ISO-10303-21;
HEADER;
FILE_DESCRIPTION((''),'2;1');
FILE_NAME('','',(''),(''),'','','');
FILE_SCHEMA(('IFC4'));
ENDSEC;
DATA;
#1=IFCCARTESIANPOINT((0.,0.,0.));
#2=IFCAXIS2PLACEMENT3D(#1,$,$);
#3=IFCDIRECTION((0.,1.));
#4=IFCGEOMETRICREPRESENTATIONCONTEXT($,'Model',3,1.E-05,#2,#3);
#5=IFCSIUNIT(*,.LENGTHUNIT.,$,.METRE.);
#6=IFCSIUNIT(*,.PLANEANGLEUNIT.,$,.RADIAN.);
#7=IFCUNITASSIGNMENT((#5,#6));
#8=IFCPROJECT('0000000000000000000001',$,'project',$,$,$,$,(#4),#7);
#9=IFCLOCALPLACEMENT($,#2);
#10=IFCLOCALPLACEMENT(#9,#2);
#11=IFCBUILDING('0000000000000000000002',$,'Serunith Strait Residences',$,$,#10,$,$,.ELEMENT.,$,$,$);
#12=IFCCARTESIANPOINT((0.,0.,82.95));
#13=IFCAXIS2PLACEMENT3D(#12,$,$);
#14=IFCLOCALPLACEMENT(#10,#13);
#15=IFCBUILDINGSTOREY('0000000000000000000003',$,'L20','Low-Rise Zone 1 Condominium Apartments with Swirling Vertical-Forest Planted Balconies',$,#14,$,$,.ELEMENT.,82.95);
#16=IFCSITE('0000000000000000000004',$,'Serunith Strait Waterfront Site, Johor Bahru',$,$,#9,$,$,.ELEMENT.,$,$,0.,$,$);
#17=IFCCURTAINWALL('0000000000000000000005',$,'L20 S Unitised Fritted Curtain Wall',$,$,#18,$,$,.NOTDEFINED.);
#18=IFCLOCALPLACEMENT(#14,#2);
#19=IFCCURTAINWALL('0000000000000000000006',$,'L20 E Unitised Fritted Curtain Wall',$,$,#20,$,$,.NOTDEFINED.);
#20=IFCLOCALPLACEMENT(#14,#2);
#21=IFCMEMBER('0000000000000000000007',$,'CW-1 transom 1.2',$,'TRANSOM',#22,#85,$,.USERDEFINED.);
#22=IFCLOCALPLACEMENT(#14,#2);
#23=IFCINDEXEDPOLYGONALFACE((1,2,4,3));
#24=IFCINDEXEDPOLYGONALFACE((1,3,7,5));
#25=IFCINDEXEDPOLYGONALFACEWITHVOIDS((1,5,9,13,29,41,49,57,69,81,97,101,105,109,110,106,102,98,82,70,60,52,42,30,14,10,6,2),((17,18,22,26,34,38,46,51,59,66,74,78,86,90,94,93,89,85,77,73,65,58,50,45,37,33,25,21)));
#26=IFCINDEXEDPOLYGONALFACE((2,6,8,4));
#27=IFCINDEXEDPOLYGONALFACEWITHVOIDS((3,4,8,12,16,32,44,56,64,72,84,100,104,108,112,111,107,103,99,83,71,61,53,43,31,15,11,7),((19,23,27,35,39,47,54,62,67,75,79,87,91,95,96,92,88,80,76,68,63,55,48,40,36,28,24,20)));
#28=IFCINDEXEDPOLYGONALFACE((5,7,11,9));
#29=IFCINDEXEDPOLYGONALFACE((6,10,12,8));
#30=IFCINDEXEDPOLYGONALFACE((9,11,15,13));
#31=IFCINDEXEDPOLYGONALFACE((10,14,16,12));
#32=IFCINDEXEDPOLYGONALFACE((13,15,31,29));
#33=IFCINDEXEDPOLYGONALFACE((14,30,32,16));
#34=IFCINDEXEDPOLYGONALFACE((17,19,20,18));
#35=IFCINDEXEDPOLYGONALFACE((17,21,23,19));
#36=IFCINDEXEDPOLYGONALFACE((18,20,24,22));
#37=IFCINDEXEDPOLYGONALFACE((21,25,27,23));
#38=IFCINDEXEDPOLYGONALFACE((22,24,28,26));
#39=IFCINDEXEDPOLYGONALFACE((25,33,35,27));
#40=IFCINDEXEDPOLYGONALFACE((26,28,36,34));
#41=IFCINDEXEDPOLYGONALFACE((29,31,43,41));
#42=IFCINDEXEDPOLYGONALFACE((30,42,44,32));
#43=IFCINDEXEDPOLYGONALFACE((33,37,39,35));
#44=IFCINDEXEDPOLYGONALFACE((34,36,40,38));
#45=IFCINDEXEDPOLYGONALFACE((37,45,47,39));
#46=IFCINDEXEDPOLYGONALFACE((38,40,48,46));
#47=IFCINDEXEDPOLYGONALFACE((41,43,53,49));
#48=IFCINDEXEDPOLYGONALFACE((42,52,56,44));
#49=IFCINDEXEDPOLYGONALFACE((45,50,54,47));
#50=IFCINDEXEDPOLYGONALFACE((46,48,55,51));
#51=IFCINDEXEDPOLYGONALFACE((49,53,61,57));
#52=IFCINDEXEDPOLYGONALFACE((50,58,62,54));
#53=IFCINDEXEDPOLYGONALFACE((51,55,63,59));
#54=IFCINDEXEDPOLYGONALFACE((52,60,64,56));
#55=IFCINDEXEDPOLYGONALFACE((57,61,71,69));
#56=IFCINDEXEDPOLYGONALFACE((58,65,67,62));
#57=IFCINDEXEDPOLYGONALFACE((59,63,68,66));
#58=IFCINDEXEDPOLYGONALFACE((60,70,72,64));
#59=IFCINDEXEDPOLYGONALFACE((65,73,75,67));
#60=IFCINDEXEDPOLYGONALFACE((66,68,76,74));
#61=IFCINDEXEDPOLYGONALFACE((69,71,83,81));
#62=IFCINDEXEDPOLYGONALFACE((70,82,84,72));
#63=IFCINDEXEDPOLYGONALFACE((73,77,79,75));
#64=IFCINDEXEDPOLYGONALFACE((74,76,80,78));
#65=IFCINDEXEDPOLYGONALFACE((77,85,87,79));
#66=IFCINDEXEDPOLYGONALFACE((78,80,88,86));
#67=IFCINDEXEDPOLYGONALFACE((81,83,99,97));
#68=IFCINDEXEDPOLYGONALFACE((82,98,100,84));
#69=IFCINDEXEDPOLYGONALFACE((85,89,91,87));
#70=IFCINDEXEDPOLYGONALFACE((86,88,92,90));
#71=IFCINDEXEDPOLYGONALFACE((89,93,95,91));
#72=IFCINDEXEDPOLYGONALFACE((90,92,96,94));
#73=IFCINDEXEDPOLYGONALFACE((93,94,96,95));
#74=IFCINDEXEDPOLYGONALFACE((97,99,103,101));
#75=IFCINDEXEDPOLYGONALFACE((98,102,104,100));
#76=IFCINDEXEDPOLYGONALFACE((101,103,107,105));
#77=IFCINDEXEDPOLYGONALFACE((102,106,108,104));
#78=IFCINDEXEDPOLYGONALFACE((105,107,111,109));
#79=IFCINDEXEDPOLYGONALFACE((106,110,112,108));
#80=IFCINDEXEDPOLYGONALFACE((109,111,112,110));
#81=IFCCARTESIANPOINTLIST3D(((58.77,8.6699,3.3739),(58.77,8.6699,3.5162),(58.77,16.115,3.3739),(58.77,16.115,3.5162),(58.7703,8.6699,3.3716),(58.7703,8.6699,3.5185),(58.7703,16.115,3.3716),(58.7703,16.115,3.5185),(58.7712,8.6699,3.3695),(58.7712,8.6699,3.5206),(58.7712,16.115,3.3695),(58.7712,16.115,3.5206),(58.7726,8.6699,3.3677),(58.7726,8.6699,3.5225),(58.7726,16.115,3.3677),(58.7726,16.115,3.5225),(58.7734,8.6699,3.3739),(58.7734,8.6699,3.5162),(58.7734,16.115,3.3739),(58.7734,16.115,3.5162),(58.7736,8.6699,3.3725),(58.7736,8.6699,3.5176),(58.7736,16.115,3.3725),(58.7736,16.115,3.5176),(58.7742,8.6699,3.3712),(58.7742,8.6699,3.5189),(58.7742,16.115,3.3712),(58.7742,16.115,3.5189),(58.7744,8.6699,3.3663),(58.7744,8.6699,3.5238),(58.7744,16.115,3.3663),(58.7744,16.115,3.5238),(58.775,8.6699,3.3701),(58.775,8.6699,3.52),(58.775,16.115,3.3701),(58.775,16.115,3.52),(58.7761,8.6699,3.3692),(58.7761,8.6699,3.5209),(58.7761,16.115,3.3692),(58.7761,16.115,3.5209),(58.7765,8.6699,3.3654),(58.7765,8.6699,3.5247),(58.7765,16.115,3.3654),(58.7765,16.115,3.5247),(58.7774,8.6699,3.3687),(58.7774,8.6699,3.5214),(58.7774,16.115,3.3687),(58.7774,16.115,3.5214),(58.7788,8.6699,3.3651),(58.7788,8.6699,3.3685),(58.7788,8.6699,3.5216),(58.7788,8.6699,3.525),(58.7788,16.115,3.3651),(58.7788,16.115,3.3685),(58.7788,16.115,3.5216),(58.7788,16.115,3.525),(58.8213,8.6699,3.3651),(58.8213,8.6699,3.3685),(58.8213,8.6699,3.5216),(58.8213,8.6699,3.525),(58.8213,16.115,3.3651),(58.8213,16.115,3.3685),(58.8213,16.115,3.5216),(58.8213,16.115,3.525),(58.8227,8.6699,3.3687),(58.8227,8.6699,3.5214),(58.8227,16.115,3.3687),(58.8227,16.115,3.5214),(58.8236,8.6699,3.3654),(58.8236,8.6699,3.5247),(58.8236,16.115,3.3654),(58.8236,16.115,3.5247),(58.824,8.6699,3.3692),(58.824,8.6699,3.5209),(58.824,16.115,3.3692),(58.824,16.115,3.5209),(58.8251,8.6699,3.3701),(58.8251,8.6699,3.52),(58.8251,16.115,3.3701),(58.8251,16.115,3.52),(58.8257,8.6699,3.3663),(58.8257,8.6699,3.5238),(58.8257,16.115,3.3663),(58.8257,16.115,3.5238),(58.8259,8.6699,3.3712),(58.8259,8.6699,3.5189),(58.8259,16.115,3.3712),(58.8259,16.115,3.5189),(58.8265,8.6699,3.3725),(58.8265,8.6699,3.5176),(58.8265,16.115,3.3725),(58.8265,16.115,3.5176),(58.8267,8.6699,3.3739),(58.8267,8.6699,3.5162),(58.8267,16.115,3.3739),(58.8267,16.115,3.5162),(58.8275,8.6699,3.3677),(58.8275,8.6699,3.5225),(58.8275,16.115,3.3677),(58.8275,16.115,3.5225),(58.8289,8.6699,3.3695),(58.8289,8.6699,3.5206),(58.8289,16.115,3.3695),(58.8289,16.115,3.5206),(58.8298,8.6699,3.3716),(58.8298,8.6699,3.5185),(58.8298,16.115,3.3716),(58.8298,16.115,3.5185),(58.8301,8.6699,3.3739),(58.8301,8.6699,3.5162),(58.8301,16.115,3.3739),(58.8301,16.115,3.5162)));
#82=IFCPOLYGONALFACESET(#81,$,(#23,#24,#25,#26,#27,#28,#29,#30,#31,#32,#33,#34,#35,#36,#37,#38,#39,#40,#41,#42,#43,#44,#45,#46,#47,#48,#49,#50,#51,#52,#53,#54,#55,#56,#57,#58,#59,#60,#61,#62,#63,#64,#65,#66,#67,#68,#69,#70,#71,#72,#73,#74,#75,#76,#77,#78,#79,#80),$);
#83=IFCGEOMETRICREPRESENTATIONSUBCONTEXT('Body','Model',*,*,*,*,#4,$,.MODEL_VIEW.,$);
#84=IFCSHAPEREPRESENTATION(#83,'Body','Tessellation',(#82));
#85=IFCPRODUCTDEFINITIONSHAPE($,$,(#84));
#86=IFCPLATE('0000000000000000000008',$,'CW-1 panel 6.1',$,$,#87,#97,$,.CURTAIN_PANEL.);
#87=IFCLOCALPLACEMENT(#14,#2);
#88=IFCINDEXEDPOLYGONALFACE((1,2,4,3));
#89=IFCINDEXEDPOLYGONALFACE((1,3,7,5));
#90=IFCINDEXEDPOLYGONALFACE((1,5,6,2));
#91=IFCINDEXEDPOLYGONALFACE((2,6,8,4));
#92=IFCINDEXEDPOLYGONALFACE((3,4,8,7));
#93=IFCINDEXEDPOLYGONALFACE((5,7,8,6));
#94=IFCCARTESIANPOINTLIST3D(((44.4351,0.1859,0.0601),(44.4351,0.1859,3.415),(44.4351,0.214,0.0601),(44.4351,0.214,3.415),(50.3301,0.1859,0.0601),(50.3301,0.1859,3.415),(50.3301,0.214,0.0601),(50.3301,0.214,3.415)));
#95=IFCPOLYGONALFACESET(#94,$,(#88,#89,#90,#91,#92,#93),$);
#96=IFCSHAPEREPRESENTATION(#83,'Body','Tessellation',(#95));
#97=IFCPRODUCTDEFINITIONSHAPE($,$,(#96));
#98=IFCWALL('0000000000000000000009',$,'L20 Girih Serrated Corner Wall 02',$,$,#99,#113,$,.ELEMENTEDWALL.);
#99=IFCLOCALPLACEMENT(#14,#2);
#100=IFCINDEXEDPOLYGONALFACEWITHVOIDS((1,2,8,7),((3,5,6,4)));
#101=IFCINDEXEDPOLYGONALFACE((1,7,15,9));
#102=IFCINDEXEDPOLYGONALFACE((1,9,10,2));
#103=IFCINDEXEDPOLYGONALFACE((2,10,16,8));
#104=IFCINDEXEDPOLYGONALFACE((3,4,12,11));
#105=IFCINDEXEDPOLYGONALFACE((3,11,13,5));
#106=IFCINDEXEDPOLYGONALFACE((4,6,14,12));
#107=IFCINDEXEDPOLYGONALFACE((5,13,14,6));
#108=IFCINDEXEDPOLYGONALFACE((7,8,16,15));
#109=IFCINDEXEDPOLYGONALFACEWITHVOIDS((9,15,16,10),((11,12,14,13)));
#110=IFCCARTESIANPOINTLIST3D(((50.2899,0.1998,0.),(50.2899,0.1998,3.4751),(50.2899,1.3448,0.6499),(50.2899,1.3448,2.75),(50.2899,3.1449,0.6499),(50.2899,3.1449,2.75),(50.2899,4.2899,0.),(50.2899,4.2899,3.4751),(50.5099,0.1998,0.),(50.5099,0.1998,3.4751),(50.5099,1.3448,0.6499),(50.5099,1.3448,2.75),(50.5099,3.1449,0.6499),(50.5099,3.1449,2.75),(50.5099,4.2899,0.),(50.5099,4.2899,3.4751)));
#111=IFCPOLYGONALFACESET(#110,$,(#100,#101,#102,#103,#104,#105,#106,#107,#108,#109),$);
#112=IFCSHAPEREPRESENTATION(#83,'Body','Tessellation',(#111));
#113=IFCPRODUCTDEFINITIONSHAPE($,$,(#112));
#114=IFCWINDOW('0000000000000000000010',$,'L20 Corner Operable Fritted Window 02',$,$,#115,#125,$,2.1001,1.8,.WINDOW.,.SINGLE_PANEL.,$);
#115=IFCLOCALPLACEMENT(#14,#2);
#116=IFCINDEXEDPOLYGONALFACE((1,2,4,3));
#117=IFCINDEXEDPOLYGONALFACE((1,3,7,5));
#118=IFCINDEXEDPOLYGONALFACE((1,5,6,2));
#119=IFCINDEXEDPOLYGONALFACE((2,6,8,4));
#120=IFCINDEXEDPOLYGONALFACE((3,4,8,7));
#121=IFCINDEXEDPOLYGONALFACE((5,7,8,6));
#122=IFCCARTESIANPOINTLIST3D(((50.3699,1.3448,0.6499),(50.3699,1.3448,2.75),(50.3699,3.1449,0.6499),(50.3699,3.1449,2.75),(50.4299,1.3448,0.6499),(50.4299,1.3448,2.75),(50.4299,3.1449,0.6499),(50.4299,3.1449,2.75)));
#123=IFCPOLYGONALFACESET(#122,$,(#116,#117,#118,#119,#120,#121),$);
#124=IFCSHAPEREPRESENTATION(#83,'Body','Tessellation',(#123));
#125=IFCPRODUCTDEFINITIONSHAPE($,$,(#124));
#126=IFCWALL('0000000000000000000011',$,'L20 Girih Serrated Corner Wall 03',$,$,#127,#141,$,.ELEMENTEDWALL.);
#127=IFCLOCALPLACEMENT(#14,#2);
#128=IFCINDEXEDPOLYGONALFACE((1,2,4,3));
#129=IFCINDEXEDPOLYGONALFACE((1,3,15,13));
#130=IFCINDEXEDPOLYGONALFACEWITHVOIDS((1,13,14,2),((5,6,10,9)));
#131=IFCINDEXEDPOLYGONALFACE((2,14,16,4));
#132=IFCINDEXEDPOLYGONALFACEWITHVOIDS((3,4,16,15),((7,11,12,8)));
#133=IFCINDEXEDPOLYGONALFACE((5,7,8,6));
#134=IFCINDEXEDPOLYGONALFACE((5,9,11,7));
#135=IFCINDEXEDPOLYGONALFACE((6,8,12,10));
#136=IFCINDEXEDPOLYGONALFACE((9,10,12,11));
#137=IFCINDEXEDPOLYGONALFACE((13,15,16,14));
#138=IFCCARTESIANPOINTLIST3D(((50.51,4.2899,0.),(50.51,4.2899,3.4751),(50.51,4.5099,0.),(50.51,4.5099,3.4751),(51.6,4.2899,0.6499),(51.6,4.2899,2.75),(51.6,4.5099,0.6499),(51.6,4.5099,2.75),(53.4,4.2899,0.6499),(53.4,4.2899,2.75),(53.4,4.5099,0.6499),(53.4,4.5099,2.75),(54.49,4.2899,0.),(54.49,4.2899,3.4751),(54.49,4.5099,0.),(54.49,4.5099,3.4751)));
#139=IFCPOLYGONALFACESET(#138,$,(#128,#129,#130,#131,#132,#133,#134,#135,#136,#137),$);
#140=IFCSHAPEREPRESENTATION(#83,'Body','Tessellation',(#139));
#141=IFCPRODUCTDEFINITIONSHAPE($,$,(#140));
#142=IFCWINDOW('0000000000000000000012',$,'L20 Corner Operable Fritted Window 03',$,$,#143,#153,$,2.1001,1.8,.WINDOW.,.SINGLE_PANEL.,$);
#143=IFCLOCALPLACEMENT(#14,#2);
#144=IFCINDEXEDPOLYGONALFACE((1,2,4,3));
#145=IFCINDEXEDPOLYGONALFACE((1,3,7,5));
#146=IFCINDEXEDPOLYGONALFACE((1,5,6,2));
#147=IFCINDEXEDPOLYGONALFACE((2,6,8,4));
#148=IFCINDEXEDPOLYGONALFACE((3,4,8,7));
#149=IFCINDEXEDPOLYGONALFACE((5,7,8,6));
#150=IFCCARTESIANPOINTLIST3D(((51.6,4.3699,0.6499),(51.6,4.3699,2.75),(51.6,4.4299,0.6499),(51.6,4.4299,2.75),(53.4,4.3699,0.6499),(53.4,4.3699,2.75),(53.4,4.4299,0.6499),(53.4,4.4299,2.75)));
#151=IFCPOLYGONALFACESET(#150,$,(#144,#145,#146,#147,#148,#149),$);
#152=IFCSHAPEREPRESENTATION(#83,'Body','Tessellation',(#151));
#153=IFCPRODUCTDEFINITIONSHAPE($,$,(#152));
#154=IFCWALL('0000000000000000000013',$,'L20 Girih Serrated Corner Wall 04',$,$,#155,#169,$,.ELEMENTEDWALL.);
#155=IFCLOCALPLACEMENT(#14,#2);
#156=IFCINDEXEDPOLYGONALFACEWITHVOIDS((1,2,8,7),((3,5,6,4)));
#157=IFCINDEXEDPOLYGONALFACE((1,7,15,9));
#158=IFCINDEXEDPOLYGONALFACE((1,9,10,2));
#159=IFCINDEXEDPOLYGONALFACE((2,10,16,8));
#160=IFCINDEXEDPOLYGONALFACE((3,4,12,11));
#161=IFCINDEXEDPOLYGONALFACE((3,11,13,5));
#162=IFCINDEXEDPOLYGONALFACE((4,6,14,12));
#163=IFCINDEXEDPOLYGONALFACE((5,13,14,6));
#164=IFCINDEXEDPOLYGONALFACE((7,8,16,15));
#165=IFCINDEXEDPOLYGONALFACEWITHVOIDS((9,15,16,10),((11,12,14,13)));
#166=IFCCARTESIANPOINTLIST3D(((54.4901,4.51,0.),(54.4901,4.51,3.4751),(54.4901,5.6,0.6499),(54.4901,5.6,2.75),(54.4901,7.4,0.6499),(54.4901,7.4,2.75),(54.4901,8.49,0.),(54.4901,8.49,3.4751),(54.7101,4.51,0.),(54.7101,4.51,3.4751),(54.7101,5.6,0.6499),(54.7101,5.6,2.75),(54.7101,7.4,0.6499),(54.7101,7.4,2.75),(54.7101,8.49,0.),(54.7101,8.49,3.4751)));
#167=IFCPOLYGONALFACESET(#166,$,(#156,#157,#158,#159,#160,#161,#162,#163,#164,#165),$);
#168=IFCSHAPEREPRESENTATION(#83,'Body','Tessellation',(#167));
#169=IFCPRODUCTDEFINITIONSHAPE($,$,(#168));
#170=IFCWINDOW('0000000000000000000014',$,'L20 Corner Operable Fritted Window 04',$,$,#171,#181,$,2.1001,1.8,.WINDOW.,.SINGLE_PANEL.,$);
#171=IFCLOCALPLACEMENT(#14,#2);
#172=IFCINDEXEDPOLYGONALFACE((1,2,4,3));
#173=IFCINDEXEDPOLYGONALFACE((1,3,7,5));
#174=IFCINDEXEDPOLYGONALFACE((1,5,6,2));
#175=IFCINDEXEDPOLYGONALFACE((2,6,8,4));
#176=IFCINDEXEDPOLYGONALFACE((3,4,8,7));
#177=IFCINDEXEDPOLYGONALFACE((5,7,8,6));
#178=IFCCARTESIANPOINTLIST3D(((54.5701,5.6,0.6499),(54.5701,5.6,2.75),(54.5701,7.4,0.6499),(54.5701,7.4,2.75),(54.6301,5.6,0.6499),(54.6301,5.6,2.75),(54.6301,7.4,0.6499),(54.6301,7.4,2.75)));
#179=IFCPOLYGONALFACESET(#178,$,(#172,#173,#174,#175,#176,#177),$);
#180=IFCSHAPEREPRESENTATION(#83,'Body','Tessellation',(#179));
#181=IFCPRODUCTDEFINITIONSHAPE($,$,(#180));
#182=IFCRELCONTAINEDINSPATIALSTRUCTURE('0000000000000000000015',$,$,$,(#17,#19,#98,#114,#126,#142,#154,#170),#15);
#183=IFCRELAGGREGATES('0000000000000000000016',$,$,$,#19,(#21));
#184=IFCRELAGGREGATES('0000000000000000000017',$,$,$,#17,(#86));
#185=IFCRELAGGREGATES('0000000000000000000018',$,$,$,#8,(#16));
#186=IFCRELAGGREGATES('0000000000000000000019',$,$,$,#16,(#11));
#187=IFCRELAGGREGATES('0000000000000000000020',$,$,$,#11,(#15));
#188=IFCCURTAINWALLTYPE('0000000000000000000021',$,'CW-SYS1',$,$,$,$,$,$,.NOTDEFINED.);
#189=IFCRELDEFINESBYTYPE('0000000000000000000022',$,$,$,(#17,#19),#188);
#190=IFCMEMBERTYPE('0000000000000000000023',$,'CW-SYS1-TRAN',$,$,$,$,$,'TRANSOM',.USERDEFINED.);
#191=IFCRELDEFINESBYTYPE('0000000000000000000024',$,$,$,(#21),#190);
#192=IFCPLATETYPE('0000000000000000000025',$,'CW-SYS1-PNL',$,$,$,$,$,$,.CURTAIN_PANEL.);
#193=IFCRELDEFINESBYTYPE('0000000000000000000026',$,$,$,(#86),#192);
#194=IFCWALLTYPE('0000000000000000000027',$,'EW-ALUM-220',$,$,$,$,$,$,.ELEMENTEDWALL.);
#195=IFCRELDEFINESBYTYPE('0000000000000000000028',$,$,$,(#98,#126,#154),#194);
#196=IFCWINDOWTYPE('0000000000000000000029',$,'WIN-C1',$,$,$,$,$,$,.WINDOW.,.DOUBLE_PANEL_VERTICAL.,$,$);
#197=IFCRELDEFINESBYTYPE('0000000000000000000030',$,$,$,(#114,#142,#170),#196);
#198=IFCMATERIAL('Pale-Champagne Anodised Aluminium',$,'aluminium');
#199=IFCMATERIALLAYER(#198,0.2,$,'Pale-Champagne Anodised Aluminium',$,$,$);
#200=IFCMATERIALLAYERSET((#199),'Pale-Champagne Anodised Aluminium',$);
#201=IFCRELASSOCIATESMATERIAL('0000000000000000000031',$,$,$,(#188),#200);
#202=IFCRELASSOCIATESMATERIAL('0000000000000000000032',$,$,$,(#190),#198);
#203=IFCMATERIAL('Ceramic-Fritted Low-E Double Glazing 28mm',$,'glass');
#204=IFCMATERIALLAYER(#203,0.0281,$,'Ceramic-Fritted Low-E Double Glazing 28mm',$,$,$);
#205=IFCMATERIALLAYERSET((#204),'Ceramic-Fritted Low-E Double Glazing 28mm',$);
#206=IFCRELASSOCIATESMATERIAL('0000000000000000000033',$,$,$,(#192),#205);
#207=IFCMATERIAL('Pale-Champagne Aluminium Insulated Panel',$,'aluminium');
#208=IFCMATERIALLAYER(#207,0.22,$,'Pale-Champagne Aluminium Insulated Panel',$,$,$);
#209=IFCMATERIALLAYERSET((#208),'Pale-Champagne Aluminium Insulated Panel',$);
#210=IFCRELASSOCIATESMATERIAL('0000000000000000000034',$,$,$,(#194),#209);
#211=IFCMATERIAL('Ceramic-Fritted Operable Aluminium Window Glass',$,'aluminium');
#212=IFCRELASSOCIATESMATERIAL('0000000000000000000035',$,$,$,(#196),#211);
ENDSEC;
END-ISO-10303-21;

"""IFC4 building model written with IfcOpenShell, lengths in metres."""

from ifc_helpers import new_model, si_unit, direction, frame, frame_2d, origin, origin_2d, place, context, subcontext, project, spatial, rectangle, hollow_rectangle, extrude, source, transform, mapped, material, layer, layer_set, material_profile, profile_set, type_object, element, fill, aggregate, save


model = new_model("IFC4")

# Units and contexts
model_context = context("Model", 3, precision=1e-05, world=origin(), true_north=direction((0.0, 1.0)))
body_context = subcontext(model_context, "Body", "Model", "MODEL_VIEW")
ifc_project = project(units=[si_unit("LENGTHUNIT", "METRE"), si_unit("PLANEANGLEUNIT", "RADIAN")], contexts=[model_context])

# Site, building, storey
site_placement = place(None, origin())
site = spatial("IfcSite", under=ifc_project, at=site_placement, Name="Serunith Strait Waterfront Site, Johor Bahru", CompositionType="ELEMENT", RefElevation=0.0)
building_placement = place(site_placement, origin())
building = spatial("IfcBuilding", under=site, at=building_placement, Name="Serunith Strait Residences", CompositionType="ELEMENT")
storey_placement = place(building_placement, frame((0.0, 0.0, 82.95)))
storey = spatial("IfcBuildingStorey", under=building, at=storey_placement, Name="L20", Description="Low-Rise Zone 1 Condominium Apartments with Swirling Vertical-Forest Planted Balconies", CompositionType="ELEMENT", Elevation=82.95)

# Curtain walls
ifc_material_1 = material(Name="Pale-Champagne Anodised Aluminium", Category="aluminium")
ifc_layer_1 = layer(ifc_material_1, 0.2, Name="Pale-Champagne Anodised Aluminium")
ifc_layer_set_1 = layer_set([ifc_layer_1], Name="Pale-Champagne Anodised Aluminium")
curtain_wall_type = type_object("IfcCurtainWallType", Name="CW-SYS1", PredefinedType="NOTDEFINED", material=ifc_layer_set_1)
curtain_wall_1_placement = place(storey_placement, origin())
curtain_wall_1 = element("IfcCurtainWall", 1, at=curtain_wall_1_placement, inside=storey, type_object=curtain_wall_type, Name="L20 S Unitised Fritted Curtain Wall", PredefinedType="NOTDEFINED")
curtain_wall_2_placement = place(storey_placement, origin())
curtain_wall_2 = element("IfcCurtainWall", 2, at=curtain_wall_2_placement, inside=storey, type_object=curtain_wall_type, Name="L20 E Unitised Fritted Curtain Wall", PredefinedType="NOTDEFINED")

# Member
ifc_material_profile_1 = material_profile(ifc_material_1, hollow_rectangle(XDim=0.0601, YDim=0.1599, WallThickness=0.0034, InnerFilletRadius=0.0054, OuterFilletRadius=0.0088, at=origin_2d()), Name="ALU 160x60x3.5")
ifc_profile_set_1 = profile_set([ifc_material_profile_1], Name="Pale-Champagne Anodised Aluminium")
member_type_1 = type_object("IfcMemberType", Name="CW-SYS1-TRAN", ElementType="TRANSOM", PredefinedType="USERDEFINED", material=ifc_profile_set_1)
shared_shape_1 = source(origin(), body_context, "Body", "SweptSolid", [
    extrude(hollow_rectangle(XDim=0.0601, YDim=0.1599, WallThickness=0.0034, InnerFilletRadius=0.0054, OuterFilletRadius=0.0088, at=origin_2d()), origin(), (0.0, 0.0, 1.0), 7.4451),
])
member_1_placement = place(storey_placement, frame((58.8, 8.6699, 3.4451), z_axis=(0.0, 1.0, 0.0), x_axis=(-1.0, 0.0, 0.0)))
member_1 = element("IfcMember", 3, at=member_1_placement, type_object=member_type_1, Name="CW-1 transom 1.2", ObjectType="TRANSOM", PredefinedType="USERDEFINED", context=body_context, shape_type="MappedRepresentation", body=[
    mapped(shared_shape_1, transform((0.0, 0.0, 0.0), scale=1.0)),
])
aggregate(curtain_wall_2, [member_1])

# Plate
ifc_material_2 = material(Name="Ceramic-Fritted Low-E Double Glazing 28mm", Category="glass")
ifc_layer_2 = layer(ifc_material_2, 0.0281, Name="Ceramic-Fritted Low-E Double Glazing 28mm")
ifc_layer_set_2 = layer_set([ifc_layer_2], Name="Ceramic-Fritted Low-E Double Glazing 28mm")
plate_type = type_object("IfcPlateType", Name="CW-SYS1-PNL", PredefinedType="CURTAIN_PANEL", material=ifc_layer_set_2)
shared_shape_2 = source(origin(), body_context, "Body", "SweptSolid", [
    extrude(rectangle(XDim=5.895, YDim=0.0281, at=origin_2d()), origin(), (0.0, 0.0, 1.0), 3.355),
])
plate_placement = place(storey_placement, frame((47.3826, 0.2, 0.0601), z_axis=(0.0, 0.0, 1.0), x_axis=(1.0, 0.0, 0.0)))
plate = element("IfcPlate", 4, at=plate_placement, type_object=plate_type, Name="CW-1 panel 6.1", PredefinedType="CURTAIN_PANEL", context=body_context, shape_type="MappedRepresentation", body=[
    mapped(shared_shape_2, transform((0.0, 0.0, 0.0), scale=1.0)),
])
aggregate(curtain_wall_1, [plate])

# Walls, openings, windows
ifc_material_3 = material(Name="Pale-Champagne Aluminium Insulated Panel", Category="aluminium")
ifc_layer_3 = layer(ifc_material_3, 0.22, Name="Pale-Champagne Aluminium Insulated Panel")
ifc_layer_set_3 = layer_set([ifc_layer_3], Name="Pale-Champagne Aluminium Insulated Panel")
wall_type_1 = type_object("IfcWallType", Name="EW-ALUM-220", PredefinedType="ELEMENTEDWALL", material=ifc_layer_set_3)
wall_1_placement = place(storey_placement, frame((50.3999, 0.2, 0.0), z_axis=(0.0, 0.0, 1.0), x_axis=(0.0, 1.0, 0.0)))
wall_1 = element("IfcWall", 5, at=wall_1_placement, inside=storey, type_object=wall_type_1, Name="L20 Girih Serrated Corner Wall 02", PredefinedType="ELEMENTEDWALL", context=body_context, shape_type="SweptSolid", body=[
    extrude(rectangle(XDim=4.0901, YDim=0.22, at=frame_2d((2.0449, 0.0))), origin(), (0.0, 0.0, 1.0), 3.4751),
])
opening_1_placement = place(wall_1_placement, frame((1.145, 0.0, 0.6499)))
opening_1 = element("IfcOpeningElement", 6, at=opening_1_placement, cuts=wall_1, PredefinedType="OPENING", context=body_context, shape_type="SweptSolid", body=[
    extrude(rectangle(XDim=1.8, YDim=2.1001, at=frame_2d((0.8999, 1.05))), frame((0.0, 0.1201, 0.0), z_axis=(0.0, -1.0, 0.0), x_axis=(1.0, 0.0, 0.0)), (0.0, 0.0, 1.0), 0.24),
])
ifc_material_4 = material(Name="Ceramic-Fritted Operable Aluminium Window Glass", Category="aluminium")
window_type = type_object("IfcWindowType", Name="WIN-C1", PartitioningType="DOUBLE_PANEL_VERTICAL", PredefinedType="WINDOW", material=ifc_material_4)
shared_shape_3 = source(origin(), body_context, "Body", "SweptSolid", [
    extrude(rectangle(XDim=1.8, YDim=2.1001, at=frame_2d((0.8999, 1.05))), frame((0.0, 0.03, 0.0), z_axis=(0.0, -1.0, 0.0), x_axis=(1.0, 0.0, 0.0)), (0.0, 0.0, 1.0), 0.0601),
])
window_1_placement = place(opening_1_placement, origin())
window_1 = element("IfcWindow", 7, at=window_1_placement, inside=storey, type_object=window_type, Name="L20 Corner Operable Fritted Window 02", OverallHeight=2.1001, OverallWidth=1.8, PartitioningType="SINGLE_PANEL", PredefinedType="WINDOW", context=body_context, shape_type="MappedRepresentation", body=[
    mapped(shared_shape_3, transform((0.0, 0.0, 0.0), scale=1.0)),
])
fill(opening_1, window_1)
wall_2_placement = place(storey_placement, frame((50.51, 4.3999, 0.0), z_axis=(0.0, 0.0, 1.0), x_axis=(1.0, 0.0, 0.0)))
wall_2 = element("IfcWall", 8, at=wall_2_placement, inside=storey, type_object=wall_type_1, Name="L20 Girih Serrated Corner Wall 03", PredefinedType="ELEMENTEDWALL", context=body_context, shape_type="SweptSolid", body=[
    extrude(rectangle(XDim=3.98, YDim=0.22, at=frame_2d((1.99, 0.0))), origin(), (0.0, 0.0, 1.0), 3.4751),
])
opening_2_placement = place(wall_2_placement, frame((1.0901, 0.0, 0.6499)))
opening_2 = element("IfcOpeningElement", 9, at=opening_2_placement, cuts=wall_2, PredefinedType="OPENING", context=body_context, shape_type="SweptSolid", body=[
    extrude(rectangle(XDim=1.8, YDim=2.1001, at=frame_2d((0.8999, 1.05))), frame((0.0, 0.1201, 0.0), z_axis=(0.0, -1.0, 0.0), x_axis=(1.0, 0.0, 0.0)), (0.0, 0.0, 1.0), 0.24),
])
window_2_placement = place(opening_2_placement, origin())
window_2 = element("IfcWindow", 10, at=window_2_placement, inside=storey, type_object=window_type, Name="L20 Corner Operable Fritted Window 03", OverallHeight=2.1001, OverallWidth=1.8, PartitioningType="SINGLE_PANEL", PredefinedType="WINDOW", context=body_context, shape_type="MappedRepresentation", body=[
    mapped(shared_shape_3, transform((0.0, 0.0, 0.0), scale=1.0)),
])
fill(opening_2, window_2)
wall_3_placement = place(storey_placement, frame((54.6001, 4.51, 0.0), z_axis=(0.0, 0.0, 1.0), x_axis=(0.0, 1.0, 0.0)))
wall_3 = element("IfcWall", 11, at=wall_3_placement, inside=storey, type_object=wall_type_1, Name="L20 Girih Serrated Corner Wall 04", PredefinedType="ELEMENTEDWALL", context=body_context, shape_type="SweptSolid", body=[
    extrude(rectangle(XDim=3.98, YDim=0.22, at=frame_2d((1.99, 0.0))), origin(), (0.0, 0.0, 1.0), 3.4751),
])
opening_3_placement = place(wall_3_placement, frame((1.0901, 0.0, 0.6499)))
opening_3 = element("IfcOpeningElement", 12, at=opening_3_placement, cuts=wall_3, PredefinedType="OPENING", context=body_context, shape_type="SweptSolid", body=[
    extrude(rectangle(XDim=1.8, YDim=2.1001, at=frame_2d((0.8999, 1.05))), frame((0.0, 0.1201, 0.0), z_axis=(0.0, -1.0, 0.0), x_axis=(1.0, 0.0, 0.0)), (0.0, 0.0, 1.0), 0.24),
])
window_3_placement = place(opening_3_placement, origin())
window_3 = element("IfcWindow", 13, at=window_3_placement, inside=storey, type_object=window_type, Name="L20 Corner Operable Fritted Window 04", OverallHeight=2.1001, OverallWidth=1.8, PartitioningType="SINGLE_PANEL", PredefinedType="WINDOW", context=body_context, shape_type="MappedRepresentation", body=[
    mapped(shared_shape_3, transform((0.0, 0.0, 0.0), scale=1.0)),
])
fill(opening_3, window_3)

save(model, "model.ifc")
